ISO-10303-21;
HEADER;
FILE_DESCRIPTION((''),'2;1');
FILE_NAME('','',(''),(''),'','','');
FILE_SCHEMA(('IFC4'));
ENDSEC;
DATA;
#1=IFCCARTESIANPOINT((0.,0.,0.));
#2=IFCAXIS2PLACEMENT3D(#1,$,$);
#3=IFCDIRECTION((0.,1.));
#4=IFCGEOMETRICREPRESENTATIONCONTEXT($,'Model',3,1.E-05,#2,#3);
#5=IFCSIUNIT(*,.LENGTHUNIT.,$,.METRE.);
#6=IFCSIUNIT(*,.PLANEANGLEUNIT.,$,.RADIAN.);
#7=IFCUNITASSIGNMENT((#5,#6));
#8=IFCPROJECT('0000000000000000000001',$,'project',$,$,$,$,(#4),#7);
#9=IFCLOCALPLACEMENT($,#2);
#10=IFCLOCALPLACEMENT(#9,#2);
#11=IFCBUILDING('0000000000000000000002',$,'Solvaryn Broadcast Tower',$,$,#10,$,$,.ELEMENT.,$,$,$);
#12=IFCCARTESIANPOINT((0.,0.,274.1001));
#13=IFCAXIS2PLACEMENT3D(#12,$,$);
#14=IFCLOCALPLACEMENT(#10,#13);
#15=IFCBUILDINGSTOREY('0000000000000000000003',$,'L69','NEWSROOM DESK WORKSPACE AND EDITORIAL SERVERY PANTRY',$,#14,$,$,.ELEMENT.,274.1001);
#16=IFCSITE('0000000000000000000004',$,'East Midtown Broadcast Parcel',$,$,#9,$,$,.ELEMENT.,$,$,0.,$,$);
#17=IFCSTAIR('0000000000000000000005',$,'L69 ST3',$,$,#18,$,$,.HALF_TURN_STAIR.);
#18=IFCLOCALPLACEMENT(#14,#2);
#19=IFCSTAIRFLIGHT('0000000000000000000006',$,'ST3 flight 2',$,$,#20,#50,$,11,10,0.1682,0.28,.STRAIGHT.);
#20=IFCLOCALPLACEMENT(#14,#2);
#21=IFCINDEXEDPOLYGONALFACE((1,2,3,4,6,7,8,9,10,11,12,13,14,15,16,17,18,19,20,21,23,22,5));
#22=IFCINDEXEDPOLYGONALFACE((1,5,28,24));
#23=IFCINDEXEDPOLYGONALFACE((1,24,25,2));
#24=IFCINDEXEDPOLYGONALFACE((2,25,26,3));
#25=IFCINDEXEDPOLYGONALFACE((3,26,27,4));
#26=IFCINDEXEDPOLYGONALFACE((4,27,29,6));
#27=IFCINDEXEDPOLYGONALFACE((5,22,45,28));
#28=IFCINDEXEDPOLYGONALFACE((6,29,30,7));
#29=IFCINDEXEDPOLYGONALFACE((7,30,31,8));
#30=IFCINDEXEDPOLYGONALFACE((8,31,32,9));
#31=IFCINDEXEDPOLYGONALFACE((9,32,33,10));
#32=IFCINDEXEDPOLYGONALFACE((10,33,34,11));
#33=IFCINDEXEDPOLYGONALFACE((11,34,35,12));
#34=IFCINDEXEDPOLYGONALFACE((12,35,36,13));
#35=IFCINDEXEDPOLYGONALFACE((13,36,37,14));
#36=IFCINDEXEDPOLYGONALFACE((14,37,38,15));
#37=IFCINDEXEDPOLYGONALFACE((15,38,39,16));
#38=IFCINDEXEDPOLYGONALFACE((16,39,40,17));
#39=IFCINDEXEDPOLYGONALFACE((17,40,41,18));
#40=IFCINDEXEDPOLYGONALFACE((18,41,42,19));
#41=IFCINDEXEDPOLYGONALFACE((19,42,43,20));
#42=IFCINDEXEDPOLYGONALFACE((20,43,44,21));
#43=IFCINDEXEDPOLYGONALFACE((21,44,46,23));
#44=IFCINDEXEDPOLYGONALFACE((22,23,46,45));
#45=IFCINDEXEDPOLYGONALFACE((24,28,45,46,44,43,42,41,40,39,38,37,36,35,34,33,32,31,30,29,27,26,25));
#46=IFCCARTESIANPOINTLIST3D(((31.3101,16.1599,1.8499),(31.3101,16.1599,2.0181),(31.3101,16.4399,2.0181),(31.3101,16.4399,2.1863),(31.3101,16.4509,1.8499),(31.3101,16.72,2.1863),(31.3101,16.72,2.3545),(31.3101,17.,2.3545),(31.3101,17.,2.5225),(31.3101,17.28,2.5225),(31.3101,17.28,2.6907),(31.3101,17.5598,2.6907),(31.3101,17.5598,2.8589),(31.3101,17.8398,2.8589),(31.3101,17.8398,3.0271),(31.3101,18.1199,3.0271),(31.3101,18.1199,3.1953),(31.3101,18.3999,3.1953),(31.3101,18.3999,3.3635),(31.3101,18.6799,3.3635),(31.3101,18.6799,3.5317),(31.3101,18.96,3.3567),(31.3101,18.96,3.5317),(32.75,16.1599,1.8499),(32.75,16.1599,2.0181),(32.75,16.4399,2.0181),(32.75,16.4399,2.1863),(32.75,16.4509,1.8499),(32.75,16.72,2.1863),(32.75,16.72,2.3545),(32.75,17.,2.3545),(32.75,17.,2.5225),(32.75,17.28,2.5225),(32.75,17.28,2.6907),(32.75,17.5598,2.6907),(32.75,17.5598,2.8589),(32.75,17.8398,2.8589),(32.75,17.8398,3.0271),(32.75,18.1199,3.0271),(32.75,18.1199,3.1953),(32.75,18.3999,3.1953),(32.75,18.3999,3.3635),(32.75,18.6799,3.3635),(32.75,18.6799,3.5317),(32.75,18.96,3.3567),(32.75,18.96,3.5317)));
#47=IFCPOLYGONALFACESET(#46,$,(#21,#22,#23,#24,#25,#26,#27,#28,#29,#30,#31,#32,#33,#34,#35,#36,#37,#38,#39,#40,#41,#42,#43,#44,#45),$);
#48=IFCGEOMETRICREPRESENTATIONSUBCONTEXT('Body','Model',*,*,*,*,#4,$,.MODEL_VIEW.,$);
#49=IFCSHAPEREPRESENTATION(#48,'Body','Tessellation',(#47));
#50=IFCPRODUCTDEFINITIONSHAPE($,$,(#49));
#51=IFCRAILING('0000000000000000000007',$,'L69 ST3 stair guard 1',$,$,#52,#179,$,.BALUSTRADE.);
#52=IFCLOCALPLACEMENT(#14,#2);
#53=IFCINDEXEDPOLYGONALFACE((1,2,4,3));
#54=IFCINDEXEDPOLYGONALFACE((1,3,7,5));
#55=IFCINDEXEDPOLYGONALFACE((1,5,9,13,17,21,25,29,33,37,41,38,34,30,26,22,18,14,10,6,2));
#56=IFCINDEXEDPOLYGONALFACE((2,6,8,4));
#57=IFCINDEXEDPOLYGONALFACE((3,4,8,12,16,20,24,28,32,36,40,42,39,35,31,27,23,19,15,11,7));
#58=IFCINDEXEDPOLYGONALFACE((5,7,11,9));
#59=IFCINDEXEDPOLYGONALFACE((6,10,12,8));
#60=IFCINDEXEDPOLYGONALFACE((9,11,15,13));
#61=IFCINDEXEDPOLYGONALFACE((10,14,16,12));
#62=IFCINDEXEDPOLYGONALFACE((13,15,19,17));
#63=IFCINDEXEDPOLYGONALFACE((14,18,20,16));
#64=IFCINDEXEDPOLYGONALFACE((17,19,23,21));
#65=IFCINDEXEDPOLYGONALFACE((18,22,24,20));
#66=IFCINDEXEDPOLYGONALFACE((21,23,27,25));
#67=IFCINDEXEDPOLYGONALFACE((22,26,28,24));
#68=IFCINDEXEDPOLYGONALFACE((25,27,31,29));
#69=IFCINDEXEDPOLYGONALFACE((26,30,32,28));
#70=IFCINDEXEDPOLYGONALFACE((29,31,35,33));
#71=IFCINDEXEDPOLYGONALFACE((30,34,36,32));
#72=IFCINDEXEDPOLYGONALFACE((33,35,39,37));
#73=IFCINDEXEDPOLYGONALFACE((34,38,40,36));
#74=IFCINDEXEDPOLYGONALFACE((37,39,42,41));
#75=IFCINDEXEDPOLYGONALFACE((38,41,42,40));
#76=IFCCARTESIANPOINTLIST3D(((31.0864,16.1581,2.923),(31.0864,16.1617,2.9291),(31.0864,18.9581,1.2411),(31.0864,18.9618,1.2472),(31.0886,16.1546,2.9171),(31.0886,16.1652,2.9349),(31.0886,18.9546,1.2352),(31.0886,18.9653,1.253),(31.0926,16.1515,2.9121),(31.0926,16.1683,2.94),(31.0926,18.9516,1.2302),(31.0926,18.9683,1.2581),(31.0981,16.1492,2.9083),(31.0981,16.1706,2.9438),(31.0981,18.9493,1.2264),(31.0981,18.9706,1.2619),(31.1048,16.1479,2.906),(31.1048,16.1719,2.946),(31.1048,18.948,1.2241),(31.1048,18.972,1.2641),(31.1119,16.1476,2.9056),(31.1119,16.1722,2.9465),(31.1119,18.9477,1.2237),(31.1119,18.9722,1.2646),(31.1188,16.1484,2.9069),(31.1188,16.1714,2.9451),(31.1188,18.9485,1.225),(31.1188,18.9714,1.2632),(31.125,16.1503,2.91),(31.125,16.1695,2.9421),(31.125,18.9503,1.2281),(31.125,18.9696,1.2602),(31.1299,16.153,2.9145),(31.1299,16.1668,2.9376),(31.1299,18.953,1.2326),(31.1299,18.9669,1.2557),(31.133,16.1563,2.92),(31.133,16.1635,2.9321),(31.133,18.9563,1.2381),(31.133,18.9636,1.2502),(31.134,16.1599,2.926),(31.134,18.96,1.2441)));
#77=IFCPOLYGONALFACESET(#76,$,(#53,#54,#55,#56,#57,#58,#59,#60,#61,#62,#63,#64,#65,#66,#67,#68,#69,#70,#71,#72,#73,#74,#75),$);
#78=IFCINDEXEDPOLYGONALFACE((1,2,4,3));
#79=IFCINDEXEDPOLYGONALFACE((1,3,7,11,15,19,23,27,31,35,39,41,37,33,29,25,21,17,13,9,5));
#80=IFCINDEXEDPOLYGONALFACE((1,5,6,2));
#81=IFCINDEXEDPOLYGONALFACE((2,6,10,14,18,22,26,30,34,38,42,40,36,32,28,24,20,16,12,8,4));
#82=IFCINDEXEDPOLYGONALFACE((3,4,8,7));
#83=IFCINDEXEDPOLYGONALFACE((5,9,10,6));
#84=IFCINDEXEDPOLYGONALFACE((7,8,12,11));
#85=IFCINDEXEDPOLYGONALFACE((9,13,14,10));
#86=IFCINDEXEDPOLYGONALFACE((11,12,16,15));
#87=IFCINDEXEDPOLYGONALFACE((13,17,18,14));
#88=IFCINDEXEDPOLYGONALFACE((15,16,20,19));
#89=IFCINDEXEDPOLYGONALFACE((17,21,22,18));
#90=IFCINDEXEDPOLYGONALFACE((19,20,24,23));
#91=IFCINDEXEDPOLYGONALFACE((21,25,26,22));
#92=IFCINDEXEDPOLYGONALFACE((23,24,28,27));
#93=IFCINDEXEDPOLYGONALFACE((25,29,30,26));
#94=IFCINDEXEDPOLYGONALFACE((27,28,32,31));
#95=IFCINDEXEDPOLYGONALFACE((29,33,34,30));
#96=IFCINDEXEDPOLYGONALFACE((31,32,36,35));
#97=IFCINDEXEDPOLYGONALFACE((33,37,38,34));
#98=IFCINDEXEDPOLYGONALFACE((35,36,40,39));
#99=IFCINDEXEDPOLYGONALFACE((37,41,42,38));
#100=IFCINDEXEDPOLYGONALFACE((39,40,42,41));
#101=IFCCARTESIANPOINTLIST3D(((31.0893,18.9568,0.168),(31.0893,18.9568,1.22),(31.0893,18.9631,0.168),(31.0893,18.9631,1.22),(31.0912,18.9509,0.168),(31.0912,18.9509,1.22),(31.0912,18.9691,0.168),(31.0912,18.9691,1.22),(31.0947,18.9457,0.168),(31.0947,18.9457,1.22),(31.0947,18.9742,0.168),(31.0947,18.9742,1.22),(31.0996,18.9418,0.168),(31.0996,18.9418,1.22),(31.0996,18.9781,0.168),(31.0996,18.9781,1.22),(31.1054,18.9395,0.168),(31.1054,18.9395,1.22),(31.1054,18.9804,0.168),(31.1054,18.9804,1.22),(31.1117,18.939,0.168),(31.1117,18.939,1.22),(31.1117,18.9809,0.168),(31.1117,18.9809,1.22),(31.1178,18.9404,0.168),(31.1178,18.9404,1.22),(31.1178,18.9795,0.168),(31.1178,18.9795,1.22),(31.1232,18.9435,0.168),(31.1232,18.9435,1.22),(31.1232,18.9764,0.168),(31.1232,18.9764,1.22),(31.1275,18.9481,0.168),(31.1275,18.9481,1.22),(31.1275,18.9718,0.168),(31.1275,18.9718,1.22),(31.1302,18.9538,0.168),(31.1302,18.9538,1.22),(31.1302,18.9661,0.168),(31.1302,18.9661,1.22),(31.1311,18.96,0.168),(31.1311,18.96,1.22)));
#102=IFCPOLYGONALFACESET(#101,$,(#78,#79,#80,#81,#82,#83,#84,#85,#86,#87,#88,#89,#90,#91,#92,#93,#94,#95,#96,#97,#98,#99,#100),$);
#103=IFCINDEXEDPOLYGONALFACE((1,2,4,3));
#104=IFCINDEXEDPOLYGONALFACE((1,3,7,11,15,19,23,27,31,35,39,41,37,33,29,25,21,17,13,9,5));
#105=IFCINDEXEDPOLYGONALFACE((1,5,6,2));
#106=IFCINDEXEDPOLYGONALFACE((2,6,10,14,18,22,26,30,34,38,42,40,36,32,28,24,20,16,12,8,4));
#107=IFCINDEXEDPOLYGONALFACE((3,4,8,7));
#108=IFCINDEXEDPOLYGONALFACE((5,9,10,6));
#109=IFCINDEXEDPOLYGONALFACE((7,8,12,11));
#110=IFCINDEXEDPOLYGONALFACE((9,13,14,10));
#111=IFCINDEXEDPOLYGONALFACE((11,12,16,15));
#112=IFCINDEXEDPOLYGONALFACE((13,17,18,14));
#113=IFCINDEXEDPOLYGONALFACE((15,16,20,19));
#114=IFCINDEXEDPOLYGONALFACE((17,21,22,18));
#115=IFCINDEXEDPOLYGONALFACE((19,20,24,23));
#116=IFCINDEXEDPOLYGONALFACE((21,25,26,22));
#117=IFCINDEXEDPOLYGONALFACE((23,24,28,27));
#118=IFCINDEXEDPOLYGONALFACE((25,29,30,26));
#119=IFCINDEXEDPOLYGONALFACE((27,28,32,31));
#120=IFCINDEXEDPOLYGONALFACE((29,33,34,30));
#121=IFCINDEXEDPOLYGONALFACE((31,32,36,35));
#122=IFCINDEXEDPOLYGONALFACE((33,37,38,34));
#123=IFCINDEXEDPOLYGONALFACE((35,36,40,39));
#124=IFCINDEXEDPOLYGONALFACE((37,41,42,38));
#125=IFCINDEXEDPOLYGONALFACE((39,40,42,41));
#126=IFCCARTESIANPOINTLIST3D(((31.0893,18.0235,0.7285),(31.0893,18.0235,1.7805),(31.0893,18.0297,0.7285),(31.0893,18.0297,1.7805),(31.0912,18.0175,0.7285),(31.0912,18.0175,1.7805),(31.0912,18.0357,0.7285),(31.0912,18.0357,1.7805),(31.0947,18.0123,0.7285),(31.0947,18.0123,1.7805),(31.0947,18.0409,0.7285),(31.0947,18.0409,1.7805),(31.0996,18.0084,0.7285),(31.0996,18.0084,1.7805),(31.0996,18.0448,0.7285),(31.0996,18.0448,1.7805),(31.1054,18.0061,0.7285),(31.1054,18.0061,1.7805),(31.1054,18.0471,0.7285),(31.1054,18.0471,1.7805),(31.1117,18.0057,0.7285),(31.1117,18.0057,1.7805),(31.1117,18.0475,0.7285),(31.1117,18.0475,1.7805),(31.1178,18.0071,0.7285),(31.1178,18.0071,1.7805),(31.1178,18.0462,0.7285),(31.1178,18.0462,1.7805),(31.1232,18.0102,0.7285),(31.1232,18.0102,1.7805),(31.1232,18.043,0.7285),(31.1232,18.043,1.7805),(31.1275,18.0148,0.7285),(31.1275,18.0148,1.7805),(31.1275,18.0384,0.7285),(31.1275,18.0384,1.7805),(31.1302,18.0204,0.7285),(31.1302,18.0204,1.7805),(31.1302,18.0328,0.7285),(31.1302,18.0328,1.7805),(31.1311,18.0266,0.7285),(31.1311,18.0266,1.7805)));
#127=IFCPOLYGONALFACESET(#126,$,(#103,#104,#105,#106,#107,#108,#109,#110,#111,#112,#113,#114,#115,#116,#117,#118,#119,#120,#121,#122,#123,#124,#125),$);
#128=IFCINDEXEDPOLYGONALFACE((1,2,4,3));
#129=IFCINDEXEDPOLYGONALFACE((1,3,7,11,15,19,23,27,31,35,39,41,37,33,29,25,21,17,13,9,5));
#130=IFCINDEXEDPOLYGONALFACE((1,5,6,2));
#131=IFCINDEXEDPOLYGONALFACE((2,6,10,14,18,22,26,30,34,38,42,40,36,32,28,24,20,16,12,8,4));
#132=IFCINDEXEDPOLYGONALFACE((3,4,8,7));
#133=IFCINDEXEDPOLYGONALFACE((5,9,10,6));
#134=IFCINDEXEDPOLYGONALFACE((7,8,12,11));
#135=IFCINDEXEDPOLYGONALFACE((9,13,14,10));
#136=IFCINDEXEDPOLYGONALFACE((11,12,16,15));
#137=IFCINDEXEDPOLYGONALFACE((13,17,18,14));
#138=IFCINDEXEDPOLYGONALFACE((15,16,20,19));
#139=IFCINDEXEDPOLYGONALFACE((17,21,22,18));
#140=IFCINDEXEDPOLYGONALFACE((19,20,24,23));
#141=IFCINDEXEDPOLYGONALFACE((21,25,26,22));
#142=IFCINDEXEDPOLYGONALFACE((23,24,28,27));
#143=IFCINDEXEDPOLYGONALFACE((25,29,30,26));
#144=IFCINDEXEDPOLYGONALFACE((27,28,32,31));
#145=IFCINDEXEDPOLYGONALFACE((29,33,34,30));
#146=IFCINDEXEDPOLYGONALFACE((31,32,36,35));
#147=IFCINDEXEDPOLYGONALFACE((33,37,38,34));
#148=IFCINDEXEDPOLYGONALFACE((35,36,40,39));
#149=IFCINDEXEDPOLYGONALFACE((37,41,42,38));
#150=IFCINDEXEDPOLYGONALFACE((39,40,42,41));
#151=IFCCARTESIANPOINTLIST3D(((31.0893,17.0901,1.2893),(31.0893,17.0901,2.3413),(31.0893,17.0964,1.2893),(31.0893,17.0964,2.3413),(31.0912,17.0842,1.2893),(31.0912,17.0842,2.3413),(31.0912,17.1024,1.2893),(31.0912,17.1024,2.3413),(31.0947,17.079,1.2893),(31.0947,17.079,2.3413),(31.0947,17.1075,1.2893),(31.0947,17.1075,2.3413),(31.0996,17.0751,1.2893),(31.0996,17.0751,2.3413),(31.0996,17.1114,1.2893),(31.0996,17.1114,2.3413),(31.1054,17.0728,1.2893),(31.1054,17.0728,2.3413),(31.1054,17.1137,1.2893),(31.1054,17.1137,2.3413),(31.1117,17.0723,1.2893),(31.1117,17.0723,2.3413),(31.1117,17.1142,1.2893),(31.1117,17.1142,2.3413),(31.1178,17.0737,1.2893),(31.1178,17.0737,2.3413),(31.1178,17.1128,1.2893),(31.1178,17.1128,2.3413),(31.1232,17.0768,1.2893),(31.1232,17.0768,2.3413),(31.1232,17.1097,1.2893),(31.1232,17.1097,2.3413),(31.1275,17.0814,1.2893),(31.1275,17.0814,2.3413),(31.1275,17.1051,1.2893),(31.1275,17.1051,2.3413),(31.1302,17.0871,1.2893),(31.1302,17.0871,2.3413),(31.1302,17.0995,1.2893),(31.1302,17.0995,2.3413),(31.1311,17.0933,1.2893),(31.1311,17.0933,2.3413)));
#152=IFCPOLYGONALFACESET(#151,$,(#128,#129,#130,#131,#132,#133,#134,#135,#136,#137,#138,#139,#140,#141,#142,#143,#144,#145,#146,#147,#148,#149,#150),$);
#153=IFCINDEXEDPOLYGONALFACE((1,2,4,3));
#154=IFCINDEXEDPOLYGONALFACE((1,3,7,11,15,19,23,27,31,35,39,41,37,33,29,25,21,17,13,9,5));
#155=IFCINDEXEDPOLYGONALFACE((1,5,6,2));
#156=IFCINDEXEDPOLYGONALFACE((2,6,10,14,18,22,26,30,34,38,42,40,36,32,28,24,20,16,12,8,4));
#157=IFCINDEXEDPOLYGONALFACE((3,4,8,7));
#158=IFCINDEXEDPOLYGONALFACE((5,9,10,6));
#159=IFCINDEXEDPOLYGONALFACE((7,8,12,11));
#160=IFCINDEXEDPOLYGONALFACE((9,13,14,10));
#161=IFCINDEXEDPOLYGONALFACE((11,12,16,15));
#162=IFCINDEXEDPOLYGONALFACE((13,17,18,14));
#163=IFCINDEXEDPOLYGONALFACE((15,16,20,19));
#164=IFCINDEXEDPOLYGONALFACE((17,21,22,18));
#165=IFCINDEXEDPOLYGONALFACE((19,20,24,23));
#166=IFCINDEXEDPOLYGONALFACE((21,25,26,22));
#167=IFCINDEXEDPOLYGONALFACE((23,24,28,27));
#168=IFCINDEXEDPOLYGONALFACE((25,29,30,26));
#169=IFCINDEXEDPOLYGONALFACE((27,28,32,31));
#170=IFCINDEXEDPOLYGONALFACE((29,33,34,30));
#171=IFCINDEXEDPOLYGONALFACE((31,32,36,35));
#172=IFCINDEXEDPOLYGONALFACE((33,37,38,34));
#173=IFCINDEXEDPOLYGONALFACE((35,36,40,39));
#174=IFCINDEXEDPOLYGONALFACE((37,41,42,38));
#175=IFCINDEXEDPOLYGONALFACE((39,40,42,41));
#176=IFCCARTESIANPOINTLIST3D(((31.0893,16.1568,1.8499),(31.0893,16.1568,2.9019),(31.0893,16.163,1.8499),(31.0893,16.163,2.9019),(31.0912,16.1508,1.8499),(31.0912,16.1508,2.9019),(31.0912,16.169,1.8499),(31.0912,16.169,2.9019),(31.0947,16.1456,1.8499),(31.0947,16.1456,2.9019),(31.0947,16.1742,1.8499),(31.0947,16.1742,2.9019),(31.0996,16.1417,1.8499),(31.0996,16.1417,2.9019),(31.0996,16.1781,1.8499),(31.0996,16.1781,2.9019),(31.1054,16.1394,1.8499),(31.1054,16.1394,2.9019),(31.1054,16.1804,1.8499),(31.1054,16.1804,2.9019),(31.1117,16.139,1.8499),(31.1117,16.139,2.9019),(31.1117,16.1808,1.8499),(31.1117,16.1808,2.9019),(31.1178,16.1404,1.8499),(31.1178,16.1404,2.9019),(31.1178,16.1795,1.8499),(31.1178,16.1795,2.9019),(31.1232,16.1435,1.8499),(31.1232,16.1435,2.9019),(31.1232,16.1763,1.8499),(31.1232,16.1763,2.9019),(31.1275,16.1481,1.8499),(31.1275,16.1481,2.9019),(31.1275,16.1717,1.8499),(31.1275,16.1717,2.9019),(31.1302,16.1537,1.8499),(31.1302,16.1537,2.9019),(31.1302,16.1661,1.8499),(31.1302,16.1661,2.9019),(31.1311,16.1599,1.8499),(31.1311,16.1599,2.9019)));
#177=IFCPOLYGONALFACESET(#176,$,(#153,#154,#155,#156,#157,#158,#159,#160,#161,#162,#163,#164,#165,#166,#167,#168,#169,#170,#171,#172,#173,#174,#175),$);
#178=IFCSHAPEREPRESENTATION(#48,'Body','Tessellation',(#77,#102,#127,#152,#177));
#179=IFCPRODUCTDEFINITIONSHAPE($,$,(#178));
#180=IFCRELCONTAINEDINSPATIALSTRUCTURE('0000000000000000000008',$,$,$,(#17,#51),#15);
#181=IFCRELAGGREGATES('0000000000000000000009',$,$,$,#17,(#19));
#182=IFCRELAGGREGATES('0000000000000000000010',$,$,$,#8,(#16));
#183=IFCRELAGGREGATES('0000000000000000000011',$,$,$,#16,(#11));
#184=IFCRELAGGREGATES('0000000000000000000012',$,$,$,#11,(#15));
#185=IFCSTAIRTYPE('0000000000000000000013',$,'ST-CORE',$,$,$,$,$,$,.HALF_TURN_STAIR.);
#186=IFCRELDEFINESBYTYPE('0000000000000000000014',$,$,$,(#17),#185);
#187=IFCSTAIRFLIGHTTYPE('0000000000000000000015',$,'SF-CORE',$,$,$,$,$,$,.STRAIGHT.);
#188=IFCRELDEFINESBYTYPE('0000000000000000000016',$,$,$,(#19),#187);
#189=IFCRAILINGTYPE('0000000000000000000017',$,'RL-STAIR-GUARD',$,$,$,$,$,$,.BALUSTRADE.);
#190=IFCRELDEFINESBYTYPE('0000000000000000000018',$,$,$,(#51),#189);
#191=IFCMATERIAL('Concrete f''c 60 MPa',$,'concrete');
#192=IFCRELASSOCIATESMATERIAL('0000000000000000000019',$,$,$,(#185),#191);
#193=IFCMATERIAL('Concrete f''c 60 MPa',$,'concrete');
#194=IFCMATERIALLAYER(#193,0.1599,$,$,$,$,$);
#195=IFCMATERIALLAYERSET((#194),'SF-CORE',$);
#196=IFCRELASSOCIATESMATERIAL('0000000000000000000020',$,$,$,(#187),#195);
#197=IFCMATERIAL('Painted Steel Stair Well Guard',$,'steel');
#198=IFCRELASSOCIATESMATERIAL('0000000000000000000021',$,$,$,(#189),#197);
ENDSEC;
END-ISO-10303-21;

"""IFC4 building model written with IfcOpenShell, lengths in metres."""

from ifc_helpers import new_model, si_unit, direction, frame, origin, origin_2d, place, context, subcontext, project, spatial, polyline, circle, outline, extrude, material, layer, layer_set, type_object, element, aggregate, save


model = new_model("IFC4")

# Units and contexts
model_context = context("Model", 3, precision=1e-05, world=origin(), true_north=direction((0.0, 1.0)))
body_context = subcontext(model_context, "Body", "Model", "MODEL_VIEW")
ifc_project = project(units=[si_unit("LENGTHUNIT", "METRE"), si_unit("PLANEANGLEUNIT", "RADIAN")], contexts=[model_context])

# Site, building, storey
site_placement = place(None, origin())
site = spatial("IfcSite", under=ifc_project, at=site_placement, Name="East Midtown Broadcast Parcel", CompositionType="ELEMENT", RefElevation=0.0)
building_placement = place(site_placement, origin())
building = spatial("IfcBuilding", under=site, at=building_placement, Name="Solvaryn Broadcast Tower", CompositionType="ELEMENT")
storey_placement = place(building_placement, frame((0.0, 0.0, 274.1001)))
storey = spatial("IfcBuildingStorey", under=building, at=storey_placement, Name="L69", Description="NEWSROOM DESK WORKSPACE AND EDITORIAL SERVERY PANTRY", CompositionType="ELEMENT", Elevation=274.1001)

# Stair, stair flight
ifc_material_1 = material(Name="Concrete f'c 60 MPa", Category="concrete")
stair_type = type_object("IfcStairType", Name="ST-CORE", PredefinedType="HALF_TURN_STAIR", material=ifc_material_1)
stair_placement = place(storey_placement, origin())
stair = element("IfcStair", 1, at=stair_placement, inside=storey, type_object=stair_type, Name="L69 ST3", PredefinedType="HALF_TURN_STAIR")
ifc_material_2 = material(Name="Concrete f'c 60 MPa", Category="concrete")
ifc_layer_1 = layer(ifc_material_2, 0.1599)
ifc_layer_set_1 = layer_set([ifc_layer_1], Name="SF-CORE")
stair_flight_type = type_object("IfcStairFlightType", Name="SF-CORE", PredefinedType="STRAIGHT", material=ifc_layer_set_1)
stair_flight_1_placement = place(storey_placement, frame((32.03, 16.1599, 1.8499), z_axis=(0.0, 0.0, 1.0), x_axis=(0.0, 1.0, 0.0)))
stair_flight_1 = element("IfcStairFlight", 2, at=stair_flight_1_placement, type_object=stair_flight_type, Name="ST3 flight 2", NumberOfRisers=11, NumberOfTreads=10, PredefinedType="STRAIGHT", RiserHeight=0.1682, TreadLength=0.28, context=body_context, shape_type="SweptSolid", body=[
    extrude(outline(polyline([(0.0, 0.0), (0.0, 0.1682), (0.28, 0.1682), (0.28, 0.3364), (0.5601, 0.3364), (0.5601, 0.5046), (0.8401, 0.5046), (0.8401, 0.6726), (1.1201, 0.6726), (1.1201, 0.8408), (1.3999, 0.8408), (1.3999, 1.009), (1.6799, 1.009), (1.6799, 1.1772), (1.96, 1.1772), (1.96, 1.3455), (2.24, 1.3455), (2.24, 1.5137), (2.52, 1.5137), (2.52, 1.6819), (2.8, 1.6819), (2.8, 1.8501), (2.8, 1.5068), (0.291, 0.0), (0.0, 0.0)])), frame((0.0, 0.72, 0.0), z_axis=(0.0, -1.0, 0.0), x_axis=(1.0, 0.0, 0.0)), (0.0, 0.0, 1.0), 1.4399),
])
aggregate(stair, [stair_flight_1])

# Railing
ifc_material_3 = material(Name="Painted Steel Stair Well Guard", Category="steel")
railing_type_1 = type_object("IfcRailingType", Name="RL-STAIR-GUARD", PredefinedType="BALUSTRADE", material=ifc_material_3)
railing_1_placement = place(storey_placement, frame((31.1101, 18.96, 0.168)))
element("IfcRailing", 3, at=railing_1_placement, inside=storey, type_object=railing_type_1, Name="L69 ST3 stair guard 1", PredefinedType="BALUSTRADE", context=body_context, shape_type="SweptSolid", body=[
    extrude(circle(Radius=0.0239, at=origin_2d()), frame((0.0, 0.0, 1.0762), z_axis=(0.0, -0.857242, 0.514913), x_axis=(1.0, 0.0, 0.0)), (0.0, 0.0, 1.0), 3.2664),
    extrude(circle(Radius=0.021, at=origin_2d()), origin(), (0.0, 0.0, 1.0), 1.052),
    extrude(circle(Radius=0.021, at=origin_2d()), frame((0.0, -0.9333, 0.5605)), (0.0, 0.0, 1.0), 1.052),
    extrude(circle(Radius=0.021, at=origin_2d()), frame((0.0, -1.8667, 1.1213)), (0.0, 0.0, 1.0), 1.052),
    extrude(circle(Radius=0.021, at=origin_2d()), frame((0.0, -2.8, 1.6819)), (0.0, 0.0, 1.0), 1.052),
])

save(model, "model.ifc")
